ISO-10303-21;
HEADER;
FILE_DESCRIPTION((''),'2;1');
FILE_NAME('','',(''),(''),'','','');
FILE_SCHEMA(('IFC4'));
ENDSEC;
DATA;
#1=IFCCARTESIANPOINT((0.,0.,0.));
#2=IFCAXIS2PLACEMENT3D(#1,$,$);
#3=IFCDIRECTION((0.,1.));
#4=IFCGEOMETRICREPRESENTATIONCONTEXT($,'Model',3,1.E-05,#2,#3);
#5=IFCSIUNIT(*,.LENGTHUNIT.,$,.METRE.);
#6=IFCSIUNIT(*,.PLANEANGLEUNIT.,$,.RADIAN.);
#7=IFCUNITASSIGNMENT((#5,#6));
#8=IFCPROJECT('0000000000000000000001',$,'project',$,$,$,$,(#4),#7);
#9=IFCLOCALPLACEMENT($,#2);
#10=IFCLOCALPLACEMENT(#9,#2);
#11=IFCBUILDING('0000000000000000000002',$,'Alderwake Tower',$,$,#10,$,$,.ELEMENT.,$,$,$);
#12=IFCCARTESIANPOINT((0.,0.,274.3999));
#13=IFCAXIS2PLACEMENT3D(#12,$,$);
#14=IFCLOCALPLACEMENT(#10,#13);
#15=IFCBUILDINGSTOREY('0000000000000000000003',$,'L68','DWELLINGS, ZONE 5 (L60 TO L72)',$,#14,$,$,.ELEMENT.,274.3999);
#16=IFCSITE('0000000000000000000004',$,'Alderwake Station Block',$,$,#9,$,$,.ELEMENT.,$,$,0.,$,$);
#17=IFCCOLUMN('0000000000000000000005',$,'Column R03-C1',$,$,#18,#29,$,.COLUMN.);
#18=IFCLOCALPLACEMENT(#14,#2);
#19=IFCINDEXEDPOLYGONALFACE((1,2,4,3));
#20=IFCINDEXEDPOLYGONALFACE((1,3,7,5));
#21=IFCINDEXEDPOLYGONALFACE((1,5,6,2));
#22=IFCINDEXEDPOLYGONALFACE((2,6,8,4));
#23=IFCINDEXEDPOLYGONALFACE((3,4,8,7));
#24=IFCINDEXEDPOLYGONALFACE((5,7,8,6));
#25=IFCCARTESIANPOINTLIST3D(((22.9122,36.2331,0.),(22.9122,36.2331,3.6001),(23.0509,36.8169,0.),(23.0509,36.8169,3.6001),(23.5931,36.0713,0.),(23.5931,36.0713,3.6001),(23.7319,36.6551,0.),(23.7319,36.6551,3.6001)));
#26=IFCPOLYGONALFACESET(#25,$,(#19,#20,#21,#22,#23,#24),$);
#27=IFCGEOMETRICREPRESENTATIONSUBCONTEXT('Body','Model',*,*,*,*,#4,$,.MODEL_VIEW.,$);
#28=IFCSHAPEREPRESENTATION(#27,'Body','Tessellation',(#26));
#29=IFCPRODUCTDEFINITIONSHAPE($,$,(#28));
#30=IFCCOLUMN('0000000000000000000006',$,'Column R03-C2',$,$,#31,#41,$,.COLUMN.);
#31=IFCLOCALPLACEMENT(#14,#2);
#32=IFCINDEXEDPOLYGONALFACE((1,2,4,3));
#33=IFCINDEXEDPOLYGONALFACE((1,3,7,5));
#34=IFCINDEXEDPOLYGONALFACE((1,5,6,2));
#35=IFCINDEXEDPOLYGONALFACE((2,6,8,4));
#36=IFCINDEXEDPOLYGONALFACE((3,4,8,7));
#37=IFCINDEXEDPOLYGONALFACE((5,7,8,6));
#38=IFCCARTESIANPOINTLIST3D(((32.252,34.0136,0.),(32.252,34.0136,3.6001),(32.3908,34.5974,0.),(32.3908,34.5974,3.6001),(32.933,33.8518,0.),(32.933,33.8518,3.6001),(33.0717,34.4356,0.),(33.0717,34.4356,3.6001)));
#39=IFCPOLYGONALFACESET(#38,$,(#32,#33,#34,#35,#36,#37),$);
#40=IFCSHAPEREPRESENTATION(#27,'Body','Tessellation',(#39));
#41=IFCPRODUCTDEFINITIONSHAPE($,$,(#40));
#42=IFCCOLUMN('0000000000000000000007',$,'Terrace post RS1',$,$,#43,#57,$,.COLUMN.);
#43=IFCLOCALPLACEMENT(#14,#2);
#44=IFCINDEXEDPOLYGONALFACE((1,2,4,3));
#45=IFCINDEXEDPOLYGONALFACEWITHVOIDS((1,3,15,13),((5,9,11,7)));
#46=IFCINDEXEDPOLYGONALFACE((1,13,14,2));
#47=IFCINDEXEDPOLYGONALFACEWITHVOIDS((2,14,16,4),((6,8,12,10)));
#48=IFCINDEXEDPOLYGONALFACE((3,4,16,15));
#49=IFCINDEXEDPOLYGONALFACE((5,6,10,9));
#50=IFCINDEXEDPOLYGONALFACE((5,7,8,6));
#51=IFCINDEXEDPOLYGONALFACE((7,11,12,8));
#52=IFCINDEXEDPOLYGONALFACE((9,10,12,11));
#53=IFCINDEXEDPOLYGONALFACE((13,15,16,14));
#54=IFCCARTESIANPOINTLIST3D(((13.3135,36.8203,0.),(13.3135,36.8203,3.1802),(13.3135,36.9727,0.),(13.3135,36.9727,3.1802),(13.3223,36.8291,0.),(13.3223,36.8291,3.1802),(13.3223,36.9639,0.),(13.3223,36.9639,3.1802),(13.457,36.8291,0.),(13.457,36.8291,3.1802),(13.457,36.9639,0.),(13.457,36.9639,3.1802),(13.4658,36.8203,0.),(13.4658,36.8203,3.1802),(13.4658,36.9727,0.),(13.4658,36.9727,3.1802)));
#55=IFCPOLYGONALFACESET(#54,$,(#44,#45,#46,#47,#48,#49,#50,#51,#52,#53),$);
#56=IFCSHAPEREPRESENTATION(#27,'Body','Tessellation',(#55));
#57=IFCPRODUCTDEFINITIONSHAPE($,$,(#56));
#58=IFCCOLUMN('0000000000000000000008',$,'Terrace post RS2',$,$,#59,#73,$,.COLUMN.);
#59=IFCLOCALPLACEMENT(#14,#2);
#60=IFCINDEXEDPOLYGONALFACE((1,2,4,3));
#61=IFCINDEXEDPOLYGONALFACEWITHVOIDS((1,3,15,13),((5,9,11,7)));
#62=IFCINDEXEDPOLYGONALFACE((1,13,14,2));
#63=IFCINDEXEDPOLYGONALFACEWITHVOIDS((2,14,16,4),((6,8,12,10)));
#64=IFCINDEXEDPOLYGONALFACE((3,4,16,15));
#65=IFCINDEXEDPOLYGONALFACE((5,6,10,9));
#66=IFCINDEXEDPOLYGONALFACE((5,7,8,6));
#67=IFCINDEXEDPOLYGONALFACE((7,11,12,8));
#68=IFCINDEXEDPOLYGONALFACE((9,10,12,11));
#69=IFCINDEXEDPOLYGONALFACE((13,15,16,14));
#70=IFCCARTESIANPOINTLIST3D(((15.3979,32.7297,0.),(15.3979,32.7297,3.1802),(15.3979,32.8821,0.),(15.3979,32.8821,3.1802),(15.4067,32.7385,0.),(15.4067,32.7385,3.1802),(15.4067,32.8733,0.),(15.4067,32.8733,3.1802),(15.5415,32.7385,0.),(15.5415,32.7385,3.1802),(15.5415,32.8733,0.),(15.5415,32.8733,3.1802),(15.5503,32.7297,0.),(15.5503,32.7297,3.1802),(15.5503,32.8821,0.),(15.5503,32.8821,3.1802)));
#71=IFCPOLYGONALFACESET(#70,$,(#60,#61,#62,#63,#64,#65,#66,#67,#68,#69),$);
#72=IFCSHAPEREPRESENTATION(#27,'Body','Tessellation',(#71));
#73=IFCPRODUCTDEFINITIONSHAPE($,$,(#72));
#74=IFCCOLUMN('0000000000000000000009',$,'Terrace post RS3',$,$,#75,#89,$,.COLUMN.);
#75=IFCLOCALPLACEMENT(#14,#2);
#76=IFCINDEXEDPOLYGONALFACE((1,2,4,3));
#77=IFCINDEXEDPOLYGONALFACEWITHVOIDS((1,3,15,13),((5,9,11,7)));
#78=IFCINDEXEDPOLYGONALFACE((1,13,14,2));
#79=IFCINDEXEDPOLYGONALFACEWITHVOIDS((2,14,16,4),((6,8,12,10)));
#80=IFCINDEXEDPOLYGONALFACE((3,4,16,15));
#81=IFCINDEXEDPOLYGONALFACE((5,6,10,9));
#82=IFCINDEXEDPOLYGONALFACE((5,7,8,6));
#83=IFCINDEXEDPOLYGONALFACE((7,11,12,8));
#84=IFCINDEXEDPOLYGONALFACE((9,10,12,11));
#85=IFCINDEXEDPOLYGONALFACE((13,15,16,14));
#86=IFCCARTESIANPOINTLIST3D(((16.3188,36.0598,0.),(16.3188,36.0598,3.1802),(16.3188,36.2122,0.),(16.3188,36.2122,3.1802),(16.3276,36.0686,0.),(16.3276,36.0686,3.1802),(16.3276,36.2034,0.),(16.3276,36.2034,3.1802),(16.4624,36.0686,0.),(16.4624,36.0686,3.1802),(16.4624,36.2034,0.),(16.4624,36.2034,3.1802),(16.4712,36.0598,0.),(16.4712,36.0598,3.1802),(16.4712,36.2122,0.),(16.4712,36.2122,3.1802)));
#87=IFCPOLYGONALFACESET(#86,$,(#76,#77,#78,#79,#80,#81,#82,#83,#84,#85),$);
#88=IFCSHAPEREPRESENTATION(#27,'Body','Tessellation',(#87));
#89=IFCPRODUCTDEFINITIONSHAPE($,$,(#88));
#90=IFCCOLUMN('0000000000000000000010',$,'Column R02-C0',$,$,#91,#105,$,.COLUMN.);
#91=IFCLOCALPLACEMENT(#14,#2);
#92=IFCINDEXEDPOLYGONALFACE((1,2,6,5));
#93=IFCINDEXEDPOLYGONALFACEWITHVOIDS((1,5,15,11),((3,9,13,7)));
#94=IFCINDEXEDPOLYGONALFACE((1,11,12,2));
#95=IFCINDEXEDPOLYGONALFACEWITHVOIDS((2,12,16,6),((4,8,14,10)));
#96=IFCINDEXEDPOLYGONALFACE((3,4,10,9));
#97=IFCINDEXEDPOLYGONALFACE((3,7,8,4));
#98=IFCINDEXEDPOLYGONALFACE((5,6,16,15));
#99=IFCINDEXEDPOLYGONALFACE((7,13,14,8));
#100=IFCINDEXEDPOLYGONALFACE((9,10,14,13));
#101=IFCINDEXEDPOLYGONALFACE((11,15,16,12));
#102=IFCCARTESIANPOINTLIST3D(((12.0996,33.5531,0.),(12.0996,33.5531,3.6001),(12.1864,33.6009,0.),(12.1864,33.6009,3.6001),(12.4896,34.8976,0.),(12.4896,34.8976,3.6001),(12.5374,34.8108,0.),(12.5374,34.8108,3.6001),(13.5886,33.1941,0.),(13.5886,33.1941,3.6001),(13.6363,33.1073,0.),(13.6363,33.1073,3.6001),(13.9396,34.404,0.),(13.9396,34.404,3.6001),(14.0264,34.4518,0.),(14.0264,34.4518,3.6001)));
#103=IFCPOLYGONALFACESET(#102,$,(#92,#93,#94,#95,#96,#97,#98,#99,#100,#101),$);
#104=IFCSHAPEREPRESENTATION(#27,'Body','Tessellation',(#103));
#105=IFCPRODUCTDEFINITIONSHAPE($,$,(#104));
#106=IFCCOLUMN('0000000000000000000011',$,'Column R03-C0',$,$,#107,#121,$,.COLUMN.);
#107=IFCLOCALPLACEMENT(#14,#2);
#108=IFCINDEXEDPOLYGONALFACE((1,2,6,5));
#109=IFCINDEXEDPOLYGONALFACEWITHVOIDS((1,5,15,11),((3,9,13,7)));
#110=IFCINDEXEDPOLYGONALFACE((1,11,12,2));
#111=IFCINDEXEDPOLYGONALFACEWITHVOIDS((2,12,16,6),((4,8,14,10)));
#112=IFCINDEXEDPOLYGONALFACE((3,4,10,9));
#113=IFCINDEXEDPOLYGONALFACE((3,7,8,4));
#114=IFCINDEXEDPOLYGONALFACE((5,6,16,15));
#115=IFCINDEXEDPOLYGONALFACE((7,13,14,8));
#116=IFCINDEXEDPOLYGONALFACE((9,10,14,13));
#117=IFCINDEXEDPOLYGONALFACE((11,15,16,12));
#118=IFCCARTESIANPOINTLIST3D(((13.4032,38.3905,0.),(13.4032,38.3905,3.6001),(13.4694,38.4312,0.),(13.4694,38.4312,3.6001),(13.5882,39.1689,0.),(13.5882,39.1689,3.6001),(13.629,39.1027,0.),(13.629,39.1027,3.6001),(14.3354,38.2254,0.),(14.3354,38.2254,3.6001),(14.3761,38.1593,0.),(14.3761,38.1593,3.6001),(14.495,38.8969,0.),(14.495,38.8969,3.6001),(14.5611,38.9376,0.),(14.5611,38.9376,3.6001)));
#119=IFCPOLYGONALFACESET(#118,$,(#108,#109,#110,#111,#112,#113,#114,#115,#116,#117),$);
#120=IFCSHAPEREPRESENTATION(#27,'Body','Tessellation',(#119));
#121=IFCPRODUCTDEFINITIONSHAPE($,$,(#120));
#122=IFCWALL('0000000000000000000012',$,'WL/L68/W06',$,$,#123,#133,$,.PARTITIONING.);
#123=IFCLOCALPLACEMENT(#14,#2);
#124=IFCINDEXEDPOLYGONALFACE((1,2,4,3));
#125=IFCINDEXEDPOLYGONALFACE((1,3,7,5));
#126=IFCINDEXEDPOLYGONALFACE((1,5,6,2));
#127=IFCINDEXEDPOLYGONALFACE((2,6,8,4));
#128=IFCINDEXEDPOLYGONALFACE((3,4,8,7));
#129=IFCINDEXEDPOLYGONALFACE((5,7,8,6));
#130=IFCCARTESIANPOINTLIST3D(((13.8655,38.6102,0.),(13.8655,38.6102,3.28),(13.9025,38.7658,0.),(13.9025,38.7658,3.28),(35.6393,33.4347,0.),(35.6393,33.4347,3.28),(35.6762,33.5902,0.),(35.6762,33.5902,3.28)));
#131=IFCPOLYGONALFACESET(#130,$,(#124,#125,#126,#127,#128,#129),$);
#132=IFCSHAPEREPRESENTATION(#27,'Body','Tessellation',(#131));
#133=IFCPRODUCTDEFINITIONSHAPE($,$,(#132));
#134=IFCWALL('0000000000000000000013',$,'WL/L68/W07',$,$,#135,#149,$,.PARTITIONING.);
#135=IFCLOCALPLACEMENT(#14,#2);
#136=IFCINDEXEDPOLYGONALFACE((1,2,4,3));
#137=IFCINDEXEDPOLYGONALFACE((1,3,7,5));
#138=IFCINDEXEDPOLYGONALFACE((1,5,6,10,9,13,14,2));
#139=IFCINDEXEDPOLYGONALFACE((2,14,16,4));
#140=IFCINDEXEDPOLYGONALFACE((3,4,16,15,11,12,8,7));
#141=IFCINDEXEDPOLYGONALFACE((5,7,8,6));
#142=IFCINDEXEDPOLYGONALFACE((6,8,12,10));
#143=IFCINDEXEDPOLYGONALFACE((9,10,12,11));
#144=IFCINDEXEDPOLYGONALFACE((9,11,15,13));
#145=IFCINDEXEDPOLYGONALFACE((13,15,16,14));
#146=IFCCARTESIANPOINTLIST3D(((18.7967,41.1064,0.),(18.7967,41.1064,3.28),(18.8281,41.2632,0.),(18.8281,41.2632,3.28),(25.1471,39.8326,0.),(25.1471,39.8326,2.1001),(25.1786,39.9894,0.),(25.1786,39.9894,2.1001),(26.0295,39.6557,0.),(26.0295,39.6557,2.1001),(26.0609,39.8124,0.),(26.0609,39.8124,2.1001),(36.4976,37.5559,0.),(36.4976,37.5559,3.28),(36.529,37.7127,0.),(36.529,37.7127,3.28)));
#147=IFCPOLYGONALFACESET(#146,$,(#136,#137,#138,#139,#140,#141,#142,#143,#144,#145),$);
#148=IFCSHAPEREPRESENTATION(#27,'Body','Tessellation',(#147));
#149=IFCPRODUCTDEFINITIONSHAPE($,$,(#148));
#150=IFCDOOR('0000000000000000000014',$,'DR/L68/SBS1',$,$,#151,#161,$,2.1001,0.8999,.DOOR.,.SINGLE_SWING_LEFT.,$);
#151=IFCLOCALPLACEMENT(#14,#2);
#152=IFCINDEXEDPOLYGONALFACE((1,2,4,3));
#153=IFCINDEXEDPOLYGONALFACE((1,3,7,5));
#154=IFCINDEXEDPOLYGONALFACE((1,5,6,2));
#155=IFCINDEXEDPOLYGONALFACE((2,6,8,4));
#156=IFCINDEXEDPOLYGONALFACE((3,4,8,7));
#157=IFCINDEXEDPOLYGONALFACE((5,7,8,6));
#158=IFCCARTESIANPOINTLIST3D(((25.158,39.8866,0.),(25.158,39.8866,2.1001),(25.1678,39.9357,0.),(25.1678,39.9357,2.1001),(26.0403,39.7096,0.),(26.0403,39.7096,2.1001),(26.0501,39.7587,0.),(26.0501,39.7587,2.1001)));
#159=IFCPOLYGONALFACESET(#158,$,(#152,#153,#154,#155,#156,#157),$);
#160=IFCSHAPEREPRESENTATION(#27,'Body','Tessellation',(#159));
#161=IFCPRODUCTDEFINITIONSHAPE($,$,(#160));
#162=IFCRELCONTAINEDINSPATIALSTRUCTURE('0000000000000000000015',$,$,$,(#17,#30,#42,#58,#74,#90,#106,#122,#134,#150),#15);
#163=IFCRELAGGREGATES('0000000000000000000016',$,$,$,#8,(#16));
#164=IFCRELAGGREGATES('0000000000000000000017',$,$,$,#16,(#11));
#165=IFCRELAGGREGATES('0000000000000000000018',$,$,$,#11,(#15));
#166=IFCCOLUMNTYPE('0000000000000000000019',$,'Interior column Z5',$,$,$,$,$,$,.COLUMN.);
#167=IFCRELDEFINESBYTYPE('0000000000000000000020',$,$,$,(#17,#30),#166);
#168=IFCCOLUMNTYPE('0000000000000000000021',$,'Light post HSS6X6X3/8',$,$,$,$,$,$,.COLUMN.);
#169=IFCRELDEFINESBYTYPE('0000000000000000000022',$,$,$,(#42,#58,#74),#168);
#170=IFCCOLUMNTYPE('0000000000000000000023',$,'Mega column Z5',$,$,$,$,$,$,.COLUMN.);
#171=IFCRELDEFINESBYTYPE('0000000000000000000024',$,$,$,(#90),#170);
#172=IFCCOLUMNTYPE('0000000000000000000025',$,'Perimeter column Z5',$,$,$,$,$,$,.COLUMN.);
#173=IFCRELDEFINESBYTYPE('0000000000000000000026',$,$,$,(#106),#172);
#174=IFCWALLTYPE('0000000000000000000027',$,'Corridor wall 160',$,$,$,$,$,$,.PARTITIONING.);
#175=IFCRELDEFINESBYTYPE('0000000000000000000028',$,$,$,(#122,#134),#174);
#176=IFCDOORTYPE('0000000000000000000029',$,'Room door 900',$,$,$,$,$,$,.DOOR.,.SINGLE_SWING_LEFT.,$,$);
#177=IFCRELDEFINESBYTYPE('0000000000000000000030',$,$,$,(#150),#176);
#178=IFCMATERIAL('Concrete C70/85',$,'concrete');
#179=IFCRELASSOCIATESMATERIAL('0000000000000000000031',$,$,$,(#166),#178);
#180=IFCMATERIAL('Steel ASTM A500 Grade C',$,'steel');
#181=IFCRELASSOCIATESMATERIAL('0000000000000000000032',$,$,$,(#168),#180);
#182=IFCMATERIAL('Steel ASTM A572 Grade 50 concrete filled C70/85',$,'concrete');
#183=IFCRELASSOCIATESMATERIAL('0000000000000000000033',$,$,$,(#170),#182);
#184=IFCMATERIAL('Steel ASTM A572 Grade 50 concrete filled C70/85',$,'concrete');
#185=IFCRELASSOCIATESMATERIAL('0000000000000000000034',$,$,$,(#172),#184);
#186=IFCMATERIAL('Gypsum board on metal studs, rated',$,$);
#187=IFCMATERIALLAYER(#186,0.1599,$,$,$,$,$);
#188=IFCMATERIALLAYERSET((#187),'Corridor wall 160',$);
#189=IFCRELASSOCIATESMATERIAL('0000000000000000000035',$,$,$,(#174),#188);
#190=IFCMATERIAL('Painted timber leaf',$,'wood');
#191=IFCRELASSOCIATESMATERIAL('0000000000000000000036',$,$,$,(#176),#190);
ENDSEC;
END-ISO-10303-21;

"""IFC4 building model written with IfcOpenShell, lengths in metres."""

from ifc_helpers import new_model, si_unit, direction, frame, frame_2d, origin, origin_2d, place, context, subcontext, project, spatial, rectangle, hollow_rectangle, extrude, material, layer, layer_set, material_profile, profile_set, type_object, element, fill, save


model = new_model("IFC4")

# Units and contexts
model_context = context("Model", 3, precision=1e-05, world=origin(), true_north=direction((0.0, 1.0)))
body_context = subcontext(model_context, "Body", "Model", "MODEL_VIEW")
ifc_project = project(units=[si_unit("LENGTHUNIT", "METRE"), si_unit("PLANEANGLEUNIT", "RADIAN")], contexts=[model_context])

# Site, building, storey
site_placement = place(None, origin())
site = spatial("IfcSite", under=ifc_project, at=site_placement, Name="Alderwake Station Block", CompositionType="ELEMENT", RefElevation=0.0)
building_placement = place(site_placement, origin())
building = spatial("IfcBuilding", under=site, at=building_placement, Name="Alderwake Tower", CompositionType="ELEMENT")
storey_placement = place(building_placement, frame((0.0, 0.0, 274.3999)))
storey = spatial("IfcBuildingStorey", under=building, at=storey_placement, Name="L68", Description="DWELLINGS, ZONE 5 (L60 TO L72)", CompositionType="ELEMENT", Elevation=274.3999)

# Columns
ifc_material_1 = material(Name="Concrete C70/85", Category="concrete")
ifc_material_profile_1 = material_profile(ifc_material_1, rectangle(XDim=0.6001, YDim=0.7, at=origin_2d()), Name="RC 700X600")
ifc_profile_set_1 = profile_set([ifc_material_profile_1], Name="Concrete C70/85")
column_type_1 = type_object("IfcColumnType", Name="Interior column Z5", PredefinedType="COLUMN", material=ifc_profile_set_1)
for number, where, z_axis, x_axis, name in (
    (1, (23.322, 36.4441, 0.0), (0.0, 0.0, 1.0), (0.231222, 0.972901, 0.0), "Column R03-C1"),
    (2, (32.6619, 34.2246, 0.0), (0.0, 0.0, 1.0), (0.231222, 0.972901, 0.0), "Column R03-C2"),
):
    element("IfcColumn", number, at=place(storey_placement, frame(where, z_axis=z_axis, x_axis=x_axis)), inside=storey, type_object=column_type_1, Name=name, PredefinedType="COLUMN", context=body_context, shape_type="SweptSolid", body=[
        extrude(rectangle(XDim=0.6001, YDim=0.7, at=origin_2d()), origin(), (0.0, 0.0, 1.0), 3.6001),
    ])
ifc_material_2 = material(Name="Steel ASTM A500 Grade C", Category="steel")
ifc_material_profile_2 = material_profile(ifc_material_2, hollow_rectangle(XDim=0.1523, YDim=0.1523, WallThickness=0.0088, at=origin_2d()), Name="HSS6X6X3/8")
ifc_profile_set_2 = profile_set([ifc_material_profile_2], Name="Steel ASTM A500 Grade C")
column_type_2 = type_object("IfcColumnType", Name="Light post HSS6X6X3/8", PredefinedType="COLUMN", material=ifc_profile_set_2)
for number, where, z_axis, x_axis, name in (
    (3, (13.3896, 36.8965, 0.0), (0.0, 0.0, 1.0), (1.0, 0.0, 0.0), "Terrace post RS1"),
    (4, (15.4741, 32.8059, 0.0), (0.0, 0.0, 1.0), (1.0, 0.0, 0.0), "Terrace post RS2"),
    (5, (16.395, 36.136, 0.0), (0.0, 0.0, 1.0), (1.0, 0.0, 0.0), "Terrace post RS3"),
):
    element("IfcColumn", number, at=place(storey_placement, frame(where, z_axis=z_axis, x_axis=x_axis)), inside=storey, type_object=column_type_2, Name=name, PredefinedType="COLUMN", context=body_context, shape_type="SweptSolid", body=[
        extrude(hollow_rectangle(XDim=0.1523, YDim=0.1523, WallThickness=0.0088, at=origin_2d()), origin(), (0.0, 0.0, 1.0), 3.1802),
    ])
ifc_material_3 = material(Name="Steel ASTM A572 Grade 50 concrete filled C70/85", Category="concrete")
ifc_material_profile_3 = material_profile(ifc_material_3, hollow_rectangle(XDim=1.3999, YDim=1.6001, WallThickness=0.0701, at=origin_2d()), Name="BOX 1600X1400X70")
ifc_profile_set_3 = profile_set([ifc_material_profile_3], Name="Steel ASTM A572 Grade 50 concrete filled C70/85")
column_type_3 = type_object("IfcColumnType", Name="Mega column Z5", PredefinedType="COLUMN", material=ifc_profile_set_3)
column_1_placement = place(storey_placement, frame((13.063, 34.0024, 0.0), z_axis=(0.0, 0.0, 1.0), x_axis=(0.278612, 0.960404, 0.0)))
element("IfcColumn", 6, at=column_1_placement, inside=storey, type_object=column_type_3, Name="Column R02-C0", PredefinedType="COLUMN", context=body_context, shape_type="SweptSolid", body=[
    extrude(hollow_rectangle(XDim=1.3999, YDim=1.6001, WallThickness=0.0701, at=origin_2d()), origin(), (0.0, 0.0, 1.0), 3.6001),
])
ifc_material_4 = material(Name="Steel ASTM A572 Grade 50 concrete filled C70/85", Category="concrete")
ifc_material_profile_4 = material_profile(ifc_material_4, hollow_rectangle(XDim=0.8, YDim=1.0, WallThickness=0.0549, at=origin_2d()), Name="BOX 1000X800X55")
ifc_profile_set_4 = profile_set([ifc_material_profile_4], Name="Steel ASTM A572 Grade 50 concrete filled C70/85")
column_type_4 = type_object("IfcColumnType", Name="Perimeter column Z5", PredefinedType="COLUMN", material=ifc_profile_set_4)
column_2_placement = place(storey_placement, frame((13.9822, 38.6641, 0.0), z_axis=(0.0, 0.0, 1.0), x_axis=(0.231222, 0.972901, 0.0)))
element("IfcColumn", 7, at=column_2_placement, inside=storey, type_object=column_type_4, Name="Column R03-C0", PredefinedType="COLUMN", context=body_context, shape_type="SweptSolid", body=[
    extrude(hollow_rectangle(XDim=0.8, YDim=1.0, WallThickness=0.0549, at=origin_2d()), origin(), (0.0, 0.0, 1.0), 3.6001),
])

# Wall
ifc_material_5 = material(Name="Gypsum board on metal studs, rated")
ifc_layer_1 = layer(ifc_material_5, 0.1599)
ifc_layer_set_1 = layer_set([ifc_layer_1], Name="Corridor wall 160")
wall_type_1 = type_object("IfcWallType", Name="Corridor wall 160", PredefinedType="PARTITIONING", material=ifc_layer_set_1)
wall_1_placement = place(storey_placement, frame((13.884, 38.688, 0.0), z_axis=(0.0, 0.0, 1.0), x_axis=(0.972893, -0.231254, 0.0)))
element("IfcWall", 8, at=wall_1_placement, inside=storey, type_object=wall_type_1, Name="WL/L68/W06", PredefinedType="PARTITIONING", context=body_context, shape_type="SweptSolid", body=[
    extrude(rectangle(XDim=22.3804, YDim=0.1599, at=frame_2d((11.1902, 0.0))), origin(), (0.0, 0.0, 1.0), 3.28),
])

# Wall, opening, door
wall_2_placement = place(storey_placement, frame((36.5134, 37.6343, 0.0), z_axis=(0.0, 0.0, 1.0), x_axis=(-0.98047, 0.196667, 0.0)))
wall_2 = element("IfcWall", 9, at=wall_2_placement, inside=storey, type_object=wall_type_1, Name="WL/L68/W07", PredefinedType="PARTITIONING", context=body_context, shape_type="SweptSolid", body=[
    extrude(rectangle(XDim=18.0535, YDim=0.1599, at=frame_2d((9.0269, 0.0))), origin(), (0.0, 0.0, 1.0), 3.28),
])
opening_1_placement = place(wall_2_placement, frame((10.6768, 0.0, 0.0)))
opening_1 = element("IfcOpeningElement", 10, at=opening_1_placement, cuts=wall_2, PredefinedType="OPENING", context=body_context, shape_type="SweptSolid", body=[
    extrude(rectangle(XDim=0.8999, YDim=2.1001, at=frame_2d((0.45, 1.05))), frame((0.0, 0.0898, 0.0), z_axis=(0.0, -1.0, 0.0), x_axis=(1.0, 0.0, 0.0)), (0.0, 0.0, 1.0), 0.1799),
])
ifc_material_6 = material(Name="Painted timber leaf", Category="wood")
door_type_1 = type_object("IfcDoorType", Name="Room door 900", OperationType="SINGLE_SWING_LEFT", PredefinedType="DOOR", material=ifc_material_6)
door_1_placement = place(opening_1_placement, origin())
door_1 = element("IfcDoor", 11, at=door_1_placement, inside=storey, type_object=door_type_1, Name="DR/L68/SBS1", OperationType="SINGLE_SWING_LEFT", OverallHeight=2.1001, OverallWidth=0.8999, PredefinedType="DOOR", context=body_context, shape_type="SweptSolid", body=[
    extrude(rectangle(XDim=0.8999, YDim=2.1001, at=frame_2d((0.45, 1.05))), frame((0.0, 0.0249, 0.0), z_axis=(0.0, -1.0, 0.0), x_axis=(1.0, 0.0, 0.0)), (0.0, 0.0, 1.0), 0.05),
])
fill(opening_1, door_1)

save(model, "model.ifc")
